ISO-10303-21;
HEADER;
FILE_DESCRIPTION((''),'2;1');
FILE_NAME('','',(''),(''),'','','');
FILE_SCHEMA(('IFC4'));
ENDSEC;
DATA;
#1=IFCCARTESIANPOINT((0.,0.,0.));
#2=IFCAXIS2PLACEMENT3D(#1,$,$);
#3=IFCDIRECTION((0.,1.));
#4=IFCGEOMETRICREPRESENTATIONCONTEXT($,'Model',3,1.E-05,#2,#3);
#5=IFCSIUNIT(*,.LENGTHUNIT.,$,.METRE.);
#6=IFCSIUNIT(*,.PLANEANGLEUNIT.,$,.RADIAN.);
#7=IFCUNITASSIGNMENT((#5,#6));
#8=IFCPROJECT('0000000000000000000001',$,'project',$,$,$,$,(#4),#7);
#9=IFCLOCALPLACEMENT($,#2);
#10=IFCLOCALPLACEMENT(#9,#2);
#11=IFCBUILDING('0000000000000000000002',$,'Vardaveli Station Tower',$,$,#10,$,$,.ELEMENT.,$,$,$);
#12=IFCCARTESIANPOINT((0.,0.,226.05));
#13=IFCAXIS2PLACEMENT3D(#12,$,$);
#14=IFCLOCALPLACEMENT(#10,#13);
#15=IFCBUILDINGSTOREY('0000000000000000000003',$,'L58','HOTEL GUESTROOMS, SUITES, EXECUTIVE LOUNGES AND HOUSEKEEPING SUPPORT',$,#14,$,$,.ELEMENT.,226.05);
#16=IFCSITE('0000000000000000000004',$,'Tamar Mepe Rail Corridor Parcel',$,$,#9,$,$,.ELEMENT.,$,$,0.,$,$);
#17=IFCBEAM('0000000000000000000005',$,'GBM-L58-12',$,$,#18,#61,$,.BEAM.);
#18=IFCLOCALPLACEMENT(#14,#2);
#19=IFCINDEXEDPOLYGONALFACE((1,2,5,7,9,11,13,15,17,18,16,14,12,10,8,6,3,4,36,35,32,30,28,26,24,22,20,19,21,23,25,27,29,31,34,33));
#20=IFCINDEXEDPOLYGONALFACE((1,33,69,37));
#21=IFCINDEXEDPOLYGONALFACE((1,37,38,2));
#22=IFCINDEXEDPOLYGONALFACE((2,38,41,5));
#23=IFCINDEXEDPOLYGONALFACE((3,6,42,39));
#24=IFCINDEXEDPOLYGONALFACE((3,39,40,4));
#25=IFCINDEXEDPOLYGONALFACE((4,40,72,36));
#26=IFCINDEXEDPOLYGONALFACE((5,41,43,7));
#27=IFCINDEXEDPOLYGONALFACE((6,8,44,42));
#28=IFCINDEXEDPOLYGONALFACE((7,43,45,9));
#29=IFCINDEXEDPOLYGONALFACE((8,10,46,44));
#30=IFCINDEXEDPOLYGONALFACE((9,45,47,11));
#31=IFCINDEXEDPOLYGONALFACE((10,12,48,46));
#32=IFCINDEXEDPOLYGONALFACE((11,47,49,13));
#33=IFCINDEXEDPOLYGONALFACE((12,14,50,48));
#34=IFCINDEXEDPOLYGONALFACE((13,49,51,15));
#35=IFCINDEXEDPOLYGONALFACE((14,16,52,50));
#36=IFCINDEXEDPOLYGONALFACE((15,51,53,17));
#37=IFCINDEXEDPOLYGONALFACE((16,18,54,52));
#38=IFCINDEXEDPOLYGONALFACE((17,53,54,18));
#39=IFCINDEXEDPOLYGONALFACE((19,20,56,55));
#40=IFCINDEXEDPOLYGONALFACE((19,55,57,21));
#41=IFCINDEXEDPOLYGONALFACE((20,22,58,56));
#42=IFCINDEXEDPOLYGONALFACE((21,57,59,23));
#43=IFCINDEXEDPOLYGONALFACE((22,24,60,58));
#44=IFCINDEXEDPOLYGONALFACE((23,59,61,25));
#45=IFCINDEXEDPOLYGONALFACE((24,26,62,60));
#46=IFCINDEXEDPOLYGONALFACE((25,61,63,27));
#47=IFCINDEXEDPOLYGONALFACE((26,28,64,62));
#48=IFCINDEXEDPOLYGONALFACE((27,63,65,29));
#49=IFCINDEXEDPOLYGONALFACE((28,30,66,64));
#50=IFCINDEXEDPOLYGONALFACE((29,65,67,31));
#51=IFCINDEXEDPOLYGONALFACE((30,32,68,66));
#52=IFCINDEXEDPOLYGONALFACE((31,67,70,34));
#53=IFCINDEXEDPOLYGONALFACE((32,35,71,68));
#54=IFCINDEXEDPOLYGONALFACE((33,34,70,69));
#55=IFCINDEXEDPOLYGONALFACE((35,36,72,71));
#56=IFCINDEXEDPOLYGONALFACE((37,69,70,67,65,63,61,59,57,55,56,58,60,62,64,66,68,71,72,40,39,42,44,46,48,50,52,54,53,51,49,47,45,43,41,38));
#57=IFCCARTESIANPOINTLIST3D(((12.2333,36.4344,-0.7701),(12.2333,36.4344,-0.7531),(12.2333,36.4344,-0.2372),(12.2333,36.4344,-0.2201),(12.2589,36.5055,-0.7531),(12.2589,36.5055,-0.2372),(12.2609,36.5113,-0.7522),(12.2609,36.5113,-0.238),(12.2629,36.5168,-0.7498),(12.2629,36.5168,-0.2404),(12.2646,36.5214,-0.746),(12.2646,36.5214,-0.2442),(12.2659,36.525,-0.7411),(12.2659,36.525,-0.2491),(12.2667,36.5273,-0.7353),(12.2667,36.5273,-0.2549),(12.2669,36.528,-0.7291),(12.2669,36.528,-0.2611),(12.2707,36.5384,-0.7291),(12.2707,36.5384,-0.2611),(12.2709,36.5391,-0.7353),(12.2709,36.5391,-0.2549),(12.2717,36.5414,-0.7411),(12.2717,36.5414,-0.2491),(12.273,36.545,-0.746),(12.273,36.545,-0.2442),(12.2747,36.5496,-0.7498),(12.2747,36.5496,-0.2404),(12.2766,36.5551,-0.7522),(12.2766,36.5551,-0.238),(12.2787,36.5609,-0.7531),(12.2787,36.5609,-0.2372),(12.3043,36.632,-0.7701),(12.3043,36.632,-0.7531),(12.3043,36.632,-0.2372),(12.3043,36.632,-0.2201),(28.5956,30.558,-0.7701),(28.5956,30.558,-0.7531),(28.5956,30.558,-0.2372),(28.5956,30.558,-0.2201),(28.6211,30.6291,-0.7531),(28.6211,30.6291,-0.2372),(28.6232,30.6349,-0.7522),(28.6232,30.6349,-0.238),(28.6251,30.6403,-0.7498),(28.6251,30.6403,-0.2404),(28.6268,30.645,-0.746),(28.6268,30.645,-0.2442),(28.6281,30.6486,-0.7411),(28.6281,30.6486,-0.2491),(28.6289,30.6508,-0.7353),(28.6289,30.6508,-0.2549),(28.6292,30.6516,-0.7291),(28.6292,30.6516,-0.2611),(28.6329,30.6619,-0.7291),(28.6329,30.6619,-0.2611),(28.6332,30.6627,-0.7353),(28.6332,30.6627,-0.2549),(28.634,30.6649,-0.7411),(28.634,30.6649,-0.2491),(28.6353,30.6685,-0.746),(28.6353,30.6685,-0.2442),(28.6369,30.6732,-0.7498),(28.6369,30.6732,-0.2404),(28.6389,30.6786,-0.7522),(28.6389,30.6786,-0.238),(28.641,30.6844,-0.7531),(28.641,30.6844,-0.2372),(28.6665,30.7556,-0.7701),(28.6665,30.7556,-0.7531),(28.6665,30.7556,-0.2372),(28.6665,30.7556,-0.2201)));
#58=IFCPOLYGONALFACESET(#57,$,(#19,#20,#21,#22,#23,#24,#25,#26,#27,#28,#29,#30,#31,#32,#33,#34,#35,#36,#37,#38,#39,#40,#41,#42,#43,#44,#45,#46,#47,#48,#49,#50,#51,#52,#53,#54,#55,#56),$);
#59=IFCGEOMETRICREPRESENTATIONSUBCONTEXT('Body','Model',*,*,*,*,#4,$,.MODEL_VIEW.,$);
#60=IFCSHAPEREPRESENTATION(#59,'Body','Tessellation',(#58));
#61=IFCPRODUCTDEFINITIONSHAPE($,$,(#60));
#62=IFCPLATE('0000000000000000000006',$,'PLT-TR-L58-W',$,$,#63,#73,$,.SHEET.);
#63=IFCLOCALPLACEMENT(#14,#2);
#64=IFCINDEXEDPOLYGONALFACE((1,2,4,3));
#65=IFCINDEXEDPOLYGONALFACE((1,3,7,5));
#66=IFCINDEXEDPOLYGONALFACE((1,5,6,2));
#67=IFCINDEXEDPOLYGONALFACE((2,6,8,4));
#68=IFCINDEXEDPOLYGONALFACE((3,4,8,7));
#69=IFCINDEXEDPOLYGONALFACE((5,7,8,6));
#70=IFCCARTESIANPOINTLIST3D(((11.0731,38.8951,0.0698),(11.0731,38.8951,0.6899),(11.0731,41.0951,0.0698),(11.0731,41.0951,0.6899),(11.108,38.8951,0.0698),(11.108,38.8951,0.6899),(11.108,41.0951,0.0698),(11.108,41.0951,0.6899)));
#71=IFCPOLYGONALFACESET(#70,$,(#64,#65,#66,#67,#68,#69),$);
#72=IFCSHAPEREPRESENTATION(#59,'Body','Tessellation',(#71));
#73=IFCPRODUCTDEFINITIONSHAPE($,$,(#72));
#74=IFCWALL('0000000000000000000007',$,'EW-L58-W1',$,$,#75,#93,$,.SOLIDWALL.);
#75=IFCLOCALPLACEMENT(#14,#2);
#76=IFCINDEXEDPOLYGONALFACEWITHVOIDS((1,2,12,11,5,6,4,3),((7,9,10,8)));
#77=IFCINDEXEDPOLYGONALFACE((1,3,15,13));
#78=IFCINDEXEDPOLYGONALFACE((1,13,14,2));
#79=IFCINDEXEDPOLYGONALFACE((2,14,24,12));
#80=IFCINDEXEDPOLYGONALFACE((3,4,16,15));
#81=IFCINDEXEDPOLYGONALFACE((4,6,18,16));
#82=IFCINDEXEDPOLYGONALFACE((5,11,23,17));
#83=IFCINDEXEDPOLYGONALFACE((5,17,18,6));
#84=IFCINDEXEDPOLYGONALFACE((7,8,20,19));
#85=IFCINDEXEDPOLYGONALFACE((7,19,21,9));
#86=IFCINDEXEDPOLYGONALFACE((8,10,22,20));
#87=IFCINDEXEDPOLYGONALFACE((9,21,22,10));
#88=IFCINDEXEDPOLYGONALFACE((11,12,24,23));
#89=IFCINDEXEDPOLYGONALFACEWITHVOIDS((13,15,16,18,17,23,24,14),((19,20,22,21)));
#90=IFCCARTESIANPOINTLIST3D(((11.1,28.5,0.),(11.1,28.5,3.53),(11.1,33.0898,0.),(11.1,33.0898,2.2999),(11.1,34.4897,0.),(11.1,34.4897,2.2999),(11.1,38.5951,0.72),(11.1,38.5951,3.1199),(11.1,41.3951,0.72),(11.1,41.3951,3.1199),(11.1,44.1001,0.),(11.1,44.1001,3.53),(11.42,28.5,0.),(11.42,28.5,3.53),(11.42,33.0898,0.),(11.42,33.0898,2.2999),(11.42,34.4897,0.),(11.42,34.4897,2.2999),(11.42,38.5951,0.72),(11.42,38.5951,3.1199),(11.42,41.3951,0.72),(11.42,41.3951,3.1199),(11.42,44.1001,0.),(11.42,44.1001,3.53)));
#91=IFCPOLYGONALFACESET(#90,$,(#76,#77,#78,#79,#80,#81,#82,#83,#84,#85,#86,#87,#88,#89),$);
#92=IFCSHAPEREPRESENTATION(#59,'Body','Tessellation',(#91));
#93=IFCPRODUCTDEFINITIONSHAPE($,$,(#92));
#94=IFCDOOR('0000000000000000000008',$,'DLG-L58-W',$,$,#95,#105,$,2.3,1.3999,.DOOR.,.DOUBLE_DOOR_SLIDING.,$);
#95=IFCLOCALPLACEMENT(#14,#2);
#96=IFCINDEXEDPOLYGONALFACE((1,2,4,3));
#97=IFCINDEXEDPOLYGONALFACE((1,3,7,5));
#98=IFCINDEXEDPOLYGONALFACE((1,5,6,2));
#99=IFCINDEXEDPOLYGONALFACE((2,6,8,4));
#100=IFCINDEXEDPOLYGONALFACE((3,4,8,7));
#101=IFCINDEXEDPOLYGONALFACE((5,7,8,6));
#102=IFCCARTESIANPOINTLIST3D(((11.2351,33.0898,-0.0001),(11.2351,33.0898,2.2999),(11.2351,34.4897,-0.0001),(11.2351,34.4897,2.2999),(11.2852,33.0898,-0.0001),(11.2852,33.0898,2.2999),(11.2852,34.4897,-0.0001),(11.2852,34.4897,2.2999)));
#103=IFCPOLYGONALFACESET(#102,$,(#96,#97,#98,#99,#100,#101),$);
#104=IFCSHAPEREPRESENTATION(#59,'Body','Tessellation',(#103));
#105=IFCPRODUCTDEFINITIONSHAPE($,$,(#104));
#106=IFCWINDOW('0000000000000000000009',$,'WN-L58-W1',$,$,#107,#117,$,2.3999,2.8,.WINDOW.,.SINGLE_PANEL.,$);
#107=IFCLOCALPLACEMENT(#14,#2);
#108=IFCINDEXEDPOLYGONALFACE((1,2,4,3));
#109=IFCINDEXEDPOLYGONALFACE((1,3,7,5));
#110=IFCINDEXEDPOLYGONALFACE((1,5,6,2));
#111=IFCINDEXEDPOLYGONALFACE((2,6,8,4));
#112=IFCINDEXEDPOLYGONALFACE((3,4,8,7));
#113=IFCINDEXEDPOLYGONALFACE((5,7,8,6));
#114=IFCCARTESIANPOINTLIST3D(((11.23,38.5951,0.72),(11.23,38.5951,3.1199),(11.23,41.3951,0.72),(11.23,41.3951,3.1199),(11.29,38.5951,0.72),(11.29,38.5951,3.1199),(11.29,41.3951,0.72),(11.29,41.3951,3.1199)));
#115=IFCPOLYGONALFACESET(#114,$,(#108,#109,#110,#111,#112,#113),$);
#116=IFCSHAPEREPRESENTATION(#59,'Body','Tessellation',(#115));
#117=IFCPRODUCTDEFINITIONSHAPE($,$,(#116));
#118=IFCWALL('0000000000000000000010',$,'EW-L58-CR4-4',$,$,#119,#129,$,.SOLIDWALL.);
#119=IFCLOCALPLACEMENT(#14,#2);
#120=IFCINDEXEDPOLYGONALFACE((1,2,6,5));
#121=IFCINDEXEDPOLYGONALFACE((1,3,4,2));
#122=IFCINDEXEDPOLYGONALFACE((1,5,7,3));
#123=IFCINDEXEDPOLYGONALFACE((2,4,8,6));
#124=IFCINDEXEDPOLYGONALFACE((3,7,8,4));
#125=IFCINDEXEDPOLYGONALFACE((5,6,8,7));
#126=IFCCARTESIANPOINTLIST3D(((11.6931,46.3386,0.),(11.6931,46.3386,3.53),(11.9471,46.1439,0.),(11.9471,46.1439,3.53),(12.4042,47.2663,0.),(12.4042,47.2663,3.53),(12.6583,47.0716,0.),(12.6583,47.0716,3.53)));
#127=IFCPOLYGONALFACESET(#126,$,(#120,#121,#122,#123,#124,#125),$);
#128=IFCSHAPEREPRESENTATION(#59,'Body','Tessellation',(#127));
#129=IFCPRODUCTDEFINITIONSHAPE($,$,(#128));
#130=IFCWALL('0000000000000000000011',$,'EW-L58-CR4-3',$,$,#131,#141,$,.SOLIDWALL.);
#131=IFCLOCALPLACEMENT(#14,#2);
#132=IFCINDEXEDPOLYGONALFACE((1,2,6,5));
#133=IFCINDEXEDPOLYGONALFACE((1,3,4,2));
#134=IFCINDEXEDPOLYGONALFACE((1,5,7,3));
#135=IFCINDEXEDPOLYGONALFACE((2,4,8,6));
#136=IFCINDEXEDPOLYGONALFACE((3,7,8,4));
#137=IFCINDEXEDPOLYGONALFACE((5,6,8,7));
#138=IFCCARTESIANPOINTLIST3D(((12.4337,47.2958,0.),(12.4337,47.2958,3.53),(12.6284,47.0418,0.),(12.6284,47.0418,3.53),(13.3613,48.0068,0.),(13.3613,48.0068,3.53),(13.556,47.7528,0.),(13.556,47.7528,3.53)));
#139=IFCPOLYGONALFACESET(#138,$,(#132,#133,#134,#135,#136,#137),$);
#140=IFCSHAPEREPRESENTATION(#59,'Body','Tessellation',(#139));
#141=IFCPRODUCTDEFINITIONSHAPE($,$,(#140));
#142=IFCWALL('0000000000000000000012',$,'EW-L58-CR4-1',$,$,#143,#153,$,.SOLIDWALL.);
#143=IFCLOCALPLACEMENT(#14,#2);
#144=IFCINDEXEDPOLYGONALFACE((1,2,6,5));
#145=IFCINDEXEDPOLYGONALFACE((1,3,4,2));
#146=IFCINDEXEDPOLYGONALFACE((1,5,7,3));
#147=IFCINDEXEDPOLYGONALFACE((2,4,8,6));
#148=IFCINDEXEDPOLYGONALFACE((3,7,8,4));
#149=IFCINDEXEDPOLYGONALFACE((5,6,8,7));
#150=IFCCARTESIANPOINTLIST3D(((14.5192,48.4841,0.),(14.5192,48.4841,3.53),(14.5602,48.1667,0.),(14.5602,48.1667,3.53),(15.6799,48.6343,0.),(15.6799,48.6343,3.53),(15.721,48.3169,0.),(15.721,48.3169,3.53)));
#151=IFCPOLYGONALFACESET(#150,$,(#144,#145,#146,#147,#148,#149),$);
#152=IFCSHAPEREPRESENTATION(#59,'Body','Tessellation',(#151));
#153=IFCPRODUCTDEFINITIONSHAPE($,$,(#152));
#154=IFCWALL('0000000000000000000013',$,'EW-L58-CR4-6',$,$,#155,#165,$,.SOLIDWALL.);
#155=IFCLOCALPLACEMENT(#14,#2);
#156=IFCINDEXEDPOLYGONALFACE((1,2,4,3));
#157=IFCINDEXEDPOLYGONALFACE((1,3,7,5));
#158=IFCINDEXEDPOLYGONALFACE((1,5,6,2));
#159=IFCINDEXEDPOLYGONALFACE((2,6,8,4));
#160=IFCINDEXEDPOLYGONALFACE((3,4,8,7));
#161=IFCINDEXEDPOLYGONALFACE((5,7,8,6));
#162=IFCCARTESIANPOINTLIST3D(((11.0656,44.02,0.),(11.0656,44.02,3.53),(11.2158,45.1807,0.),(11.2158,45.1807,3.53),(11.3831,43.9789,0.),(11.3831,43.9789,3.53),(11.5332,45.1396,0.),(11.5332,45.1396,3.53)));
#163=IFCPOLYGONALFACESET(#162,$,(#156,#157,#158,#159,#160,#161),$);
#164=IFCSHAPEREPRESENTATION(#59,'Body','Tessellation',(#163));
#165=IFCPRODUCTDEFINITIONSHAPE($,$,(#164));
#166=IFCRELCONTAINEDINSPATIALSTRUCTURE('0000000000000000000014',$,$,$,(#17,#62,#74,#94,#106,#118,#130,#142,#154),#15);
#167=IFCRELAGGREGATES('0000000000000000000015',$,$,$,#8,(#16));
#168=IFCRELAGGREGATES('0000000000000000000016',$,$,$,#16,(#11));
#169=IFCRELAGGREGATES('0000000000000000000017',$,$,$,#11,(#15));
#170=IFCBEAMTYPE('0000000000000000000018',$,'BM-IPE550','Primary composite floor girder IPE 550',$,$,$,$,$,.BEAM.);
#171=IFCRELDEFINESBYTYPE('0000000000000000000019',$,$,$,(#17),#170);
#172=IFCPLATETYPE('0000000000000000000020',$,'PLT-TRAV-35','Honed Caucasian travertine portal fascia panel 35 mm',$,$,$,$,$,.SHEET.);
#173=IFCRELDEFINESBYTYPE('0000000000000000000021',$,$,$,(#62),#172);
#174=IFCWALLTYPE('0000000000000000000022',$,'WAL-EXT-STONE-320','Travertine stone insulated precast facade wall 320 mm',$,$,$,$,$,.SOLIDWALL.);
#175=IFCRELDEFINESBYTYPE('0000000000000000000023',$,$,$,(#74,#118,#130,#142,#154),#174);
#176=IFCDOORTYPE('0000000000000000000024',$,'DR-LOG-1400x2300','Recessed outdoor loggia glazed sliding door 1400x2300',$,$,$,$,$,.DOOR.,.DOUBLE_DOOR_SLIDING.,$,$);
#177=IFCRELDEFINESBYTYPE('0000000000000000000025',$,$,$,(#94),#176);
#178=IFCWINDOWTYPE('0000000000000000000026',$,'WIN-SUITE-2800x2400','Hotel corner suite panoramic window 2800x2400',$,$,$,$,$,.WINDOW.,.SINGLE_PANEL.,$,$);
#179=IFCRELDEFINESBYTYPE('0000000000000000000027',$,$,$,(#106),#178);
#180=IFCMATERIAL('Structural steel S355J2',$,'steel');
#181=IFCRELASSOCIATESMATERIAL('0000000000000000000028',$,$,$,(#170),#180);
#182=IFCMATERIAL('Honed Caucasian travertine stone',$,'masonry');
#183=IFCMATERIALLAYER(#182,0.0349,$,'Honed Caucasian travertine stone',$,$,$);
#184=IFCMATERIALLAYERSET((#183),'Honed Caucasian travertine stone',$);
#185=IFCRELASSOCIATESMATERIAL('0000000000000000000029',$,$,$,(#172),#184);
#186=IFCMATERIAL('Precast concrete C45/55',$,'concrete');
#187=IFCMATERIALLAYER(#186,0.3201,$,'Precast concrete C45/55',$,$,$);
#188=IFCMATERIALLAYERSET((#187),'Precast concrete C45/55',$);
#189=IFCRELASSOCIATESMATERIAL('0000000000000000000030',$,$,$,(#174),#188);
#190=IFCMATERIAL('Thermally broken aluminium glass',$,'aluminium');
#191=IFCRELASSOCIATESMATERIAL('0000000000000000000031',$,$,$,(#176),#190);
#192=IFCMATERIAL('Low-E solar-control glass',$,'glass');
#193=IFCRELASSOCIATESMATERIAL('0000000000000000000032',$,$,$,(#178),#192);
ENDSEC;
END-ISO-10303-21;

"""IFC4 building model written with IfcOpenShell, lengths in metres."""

from ifc_helpers import new_model, si_unit, direction, frame, frame_2d, origin, origin_2d, place, context, subcontext, project, spatial, rectangle, i_section, extrude, source, transform, mapped, material, layer, layer_set, material_profile, profile_set, type_object, element, fill, save


model = new_model("IFC4")

# Units and contexts
model_context = context("Model", 3, precision=1e-05, world=origin(), true_north=direction((0.0, 1.0)))
body_context = subcontext(model_context, "Body", "Model", "MODEL_VIEW")
ifc_project = project(units=[si_unit("LENGTHUNIT", "METRE"), si_unit("PLANEANGLEUNIT", "RADIAN")], contexts=[model_context])

# Site, building, storey
site_placement = place(None, origin())
site = spatial("IfcSite", under=ifc_project, at=site_placement, Name="Tamar Mepe Rail Corridor Parcel", CompositionType="ELEMENT", RefElevation=0.0)
building_placement = place(site_placement, origin())
building = spatial("IfcBuilding", under=site, at=building_placement, Name="Vardaveli Station Tower", CompositionType="ELEMENT")
storey_placement = place(building_placement, frame((0.0, 0.0, 226.05)))
storey = spatial("IfcBuildingStorey", under=building, at=storey_placement, Name="L58", Description="HOTEL GUESTROOMS, SUITES, EXECUTIVE LOUNGES AND HOUSEKEEPING SUPPORT", CompositionType="ELEMENT", Elevation=226.05)

# Beam
ifc_material_1 = material(Name="Precast concrete C45/55", Category="concrete")
ifc_material_2 = material(Name="Structural steel S355J2", Category="steel")
ifc_material_profile_1 = material_profile(ifc_material_2, i_section(OverallWidth=0.21, OverallDepth=0.55, WebThickness=0.011, FlangeThickness=0.0171, FilletRadius=0.0239, at=origin_2d()), Name="IPE 550")
ifc_profile_set_1 = profile_set([ifc_material_profile_1], Name="Structural steel S355J2")
beam_type_1 = type_object("IfcBeamType", Name="BM-IPE550", Description="Primary composite floor girder IPE 550", PredefinedType="BEAM", material=ifc_profile_set_1)
shared_shape_1 = source(origin(), body_context, "Body", "SweptSolid", [
    extrude(i_section(OverallWidth=0.21, OverallDepth=0.55, WebThickness=0.011, FlangeThickness=0.0171, FilletRadius=0.0239, at=origin_2d()), origin(), (0.0, 0.0, 1.0), 17.3855),
])
beam_1_placement = place(storey_placement, frame((12.2688, 36.5332, -0.4951), z_axis=(0.941143, -0.338008, 0.0), x_axis=(0.338008, 0.941143, 0.0)))
element("IfcBeam", 1, at=beam_1_placement, inside=storey, type_object=beam_type_1, Name="GBM-L58-12", PredefinedType="BEAM", context=body_context, shape_type="MappedRepresentation", body=[
    mapped(shared_shape_1, transform((0.0, 0.0, 0.0), scale=1.0)),
])

# Plate
ifc_material_3 = material(Name="Honed Caucasian travertine stone", Category="masonry")
ifc_layer_1 = layer(ifc_material_3, 0.0349, Name="Honed Caucasian travertine stone")
ifc_layer_set_1 = layer_set([ifc_layer_1], Name="Honed Caucasian travertine stone")
plate_type = type_object("IfcPlateType", Name="PLT-TRAV-35", Description="Honed Caucasian travertine portal fascia panel 35 mm", PredefinedType="SHEET", material=ifc_layer_set_1)
shared_shape_2 = source(origin(), body_context, "Body", "SweptSolid", [
    extrude(rectangle(XDim=2.2, YDim=0.0349, at=origin_2d()), origin(), (0.0, 0.0, 1.0), 0.6201),
])
plate_placement = place(storey_placement, frame((11.0906, 39.9951, 0.0698), z_axis=(0.0, 0.0, 1.0), x_axis=(0.0, 1.0, 0.0)))
element("IfcPlate", 2, at=plate_placement, inside=storey, type_object=plate_type, Name="PLT-TR-L58-W", PredefinedType="SHEET", context=body_context, shape_type="MappedRepresentation", body=[
    mapped(shared_shape_2, transform((0.0, 0.0, 0.0), scale=1.0)),
])

# Wall, openings, door, window
ifc_layer_2 = layer(ifc_material_1, 0.3201, Name="Precast concrete C45/55")
ifc_layer_set_2 = layer_set([ifc_layer_2], Name="Precast concrete C45/55")
wall_type_1 = type_object("IfcWallType", Name="WAL-EXT-STONE-320", Description="Travertine stone insulated precast facade wall 320 mm", PredefinedType="SOLIDWALL", material=ifc_layer_set_2)
shared_shape_3 = source(origin(), body_context, "Body", "SweptSolid", [
    extrude(rectangle(XDim=15.6001, YDim=0.3201, at=frame_2d((7.8, 0.0))), origin(), (0.0, 0.0, 1.0), 3.53),
])
wall_1_placement = place(storey_placement, frame((11.26, 44.1001, 0.0), z_axis=(0.0, 0.0, 1.0), x_axis=(0.0, -1.0, 0.0)))
wall_1 = element("IfcWall", 3, at=wall_1_placement, inside=storey, type_object=wall_type_1, Name="EW-L58-W1", PredefinedType="SOLIDWALL", context=body_context, shape_type="MappedRepresentation", body=[
    mapped(shared_shape_3, transform((0.0, 0.0, 0.0), scale=1.0)),
])
shared_shape_4 = source(origin(), body_context, "Body", "SweptSolid", [
    extrude(rectangle(XDim=1.3999, YDim=2.3, at=frame_2d((0.7, 1.1499))), frame((0.0, 0.1699, 0.0), z_axis=(0.0, -1.0, 0.0), x_axis=(1.0, 0.0, 0.0)), (0.0, 0.0, 1.0), 0.3401),
])
opening_1_placement = place(wall_1_placement, frame((9.6104, 0.0, 0.0)))
opening_1 = element("IfcOpeningElement", 4, at=opening_1_placement, cuts=wall_1, PredefinedType="OPENING", context=body_context, shape_type="MappedRepresentation", body=[
    mapped(shared_shape_4, transform((0.0, 0.0, 0.0), scale=1.0)),
])
shared_shape_5 = source(origin(), body_context, "Body", "SweptSolid", [
    extrude(rectangle(XDim=2.8, YDim=2.3999, at=frame_2d((1.3999, 1.2))), frame((0.0, 0.1699, 0.0), z_axis=(0.0, -1.0, 0.0), x_axis=(1.0, 0.0, 0.0)), (0.0, 0.0, 1.0), 0.3401),
])
opening_2_placement = place(wall_1_placement, frame((2.7051, 0.0, 0.72)))
opening_2 = element("IfcOpeningElement", 5, at=opening_2_placement, cuts=wall_1, PredefinedType="OPENING", context=body_context, shape_type="MappedRepresentation", body=[
    mapped(shared_shape_5, transform((0.0, 0.0, 0.0), scale=1.0)),
])
ifc_material_4 = material(Name="Thermally broken aluminium glass", Category="aluminium")
door_type_1 = type_object("IfcDoorType", Name="DR-LOG-1400x2300", Description="Recessed outdoor loggia glazed sliding door 1400x2300", OperationType="DOUBLE_DOOR_SLIDING", PredefinedType="DOOR", material=ifc_material_4)
shared_shape_6 = source(origin(), body_context, "Body", "SweptSolid", [
    extrude(rectangle(XDim=1.3999, YDim=2.3, at=frame_2d((0.7, 1.1499))), frame((0.0, 0.0249, 0.0), z_axis=(0.0, -1.0, 0.0), x_axis=(1.0, 0.0, 0.0)), (0.0, 0.0, 1.0), 0.05),
])
door_1_placement = place(opening_1_placement, frame((1.3999, 0.0, 0.0), z_axis=(0.0, 0.0, 1.0), x_axis=(-1.0, 0.0, 0.0)))
door_1 = element("IfcDoor", 6, at=door_1_placement, inside=storey, type_object=door_type_1, Name="DLG-L58-W", OperationType="DOUBLE_DOOR_SLIDING", OverallHeight=2.3, OverallWidth=1.3999, PredefinedType="DOOR", context=body_context, shape_type="MappedRepresentation", body=[
    mapped(shared_shape_6, transform((0.0, 0.0, 0.0), scale=1.0)),
])
fill(opening_1, door_1)
ifc_material_5 = material(Name="Low-E solar-control glass", Category="glass")
window_type = type_object("IfcWindowType", Name="WIN-SUITE-2800x2400", Description="Hotel corner suite panoramic window 2800x2400", PartitioningType="SINGLE_PANEL", PredefinedType="WINDOW", material=ifc_material_5)
shared_shape_7 = source(origin(), body_context, "Body", "SweptSolid", [
    extrude(rectangle(XDim=2.8, YDim=2.3999, at=frame_2d((1.3999, 1.2))), frame((0.0, 0.03, 0.0), z_axis=(0.0, -1.0, 0.0), x_axis=(1.0, 0.0, 0.0)), (0.0, 0.0, 1.0), 0.0601),
])
window_placement = place(opening_2_placement, origin())
window = element("IfcWindow", 7, at=window_placement, inside=storey, type_object=window_type, Name="WN-L58-W1", OverallHeight=2.3999, OverallWidth=2.8, PartitioningType="SINGLE_PANEL", PredefinedType="WINDOW", context=body_context, shape_type="MappedRepresentation", body=[
    mapped(shared_shape_7, transform((0.0, 0.0, 0.0), scale=1.0)),
])
fill(opening_2, window)

# Walls
shared_shape_8 = source(origin(), body_context, "Body", "SweptSolid", [
    extrude(rectangle(XDim=1.1689, YDim=0.3201, at=frame_2d((0.5845, 0.0))), origin(), (0.0, 0.0, 1.0), 3.53),
])
wall_2_placement = place(storey_placement, frame((12.5312, 47.1689, 0.0), z_axis=(0.0, 0.0, 1.0), x_axis=(-0.608388, -0.79364, 0.0)))
element("IfcWall", 8, at=wall_2_placement, inside=storey, type_object=wall_type_1, Name="EW-L58-CR4-4", PredefinedType="SOLIDWALL", context=body_context, shape_type="MappedRepresentation", body=[
    mapped(shared_shape_8, transform((0.0, 0.0, 0.0), scale=1.0)),
])
shared_shape_9 = source(origin(), body_context, "Body", "SweptSolid", [
    extrude(rectangle(XDim=1.1687, YDim=0.3201, at=frame_2d((0.5845, 0.0))), origin(), (0.0, 0.0, 1.0), 3.53),
])
wall_3_placement = place(storey_placement, frame((13.4587, 47.8799, 0.0), z_axis=(0.0, 0.0, 1.0), x_axis=(-0.793664, -0.608357, 0.0)))
element("IfcWall", 9, at=wall_3_placement, inside=storey, type_object=wall_type_1, Name="EW-L58-CR4-3", PredefinedType="SOLIDWALL", context=body_context, shape_type="MappedRepresentation", body=[
    mapped(shared_shape_9, transform((0.0, 0.0, 0.0), scale=1.0)),
])
shared_shape_10 = source(origin(), body_context, "Body", "SweptSolid", [
    extrude(rectangle(XDim=1.1704, YDim=0.3201, at=frame_2d((0.5852, 0.0))), origin(), (0.0, 0.0, 1.0), 3.53),
])
for number, where, z_axis, x_axis, name in (
    (10, (15.7004, 48.4756, 0.0), (0.0, 0.0, 1.0), (-0.991736, -0.128296, 0.0), "EW-L58-CR4-1"),
    (11, (11.3745, 45.1602, 0.0), (0.0, 0.0, 1.0), (-0.128296, -0.991736, 0.0), "EW-L58-CR4-6"),
):
    element("IfcWall", number, at=place(storey_placement, frame(where, z_axis=z_axis, x_axis=x_axis)), inside=storey, type_object=wall_type_1, Name=name, PredefinedType="SOLIDWALL", context=body_context, shape_type="MappedRepresentation", body=[
        mapped(shared_shape_10, transform((0.0, 0.0, 0.0), scale=1.0)),
    ])

save(model, "model.ifc")
